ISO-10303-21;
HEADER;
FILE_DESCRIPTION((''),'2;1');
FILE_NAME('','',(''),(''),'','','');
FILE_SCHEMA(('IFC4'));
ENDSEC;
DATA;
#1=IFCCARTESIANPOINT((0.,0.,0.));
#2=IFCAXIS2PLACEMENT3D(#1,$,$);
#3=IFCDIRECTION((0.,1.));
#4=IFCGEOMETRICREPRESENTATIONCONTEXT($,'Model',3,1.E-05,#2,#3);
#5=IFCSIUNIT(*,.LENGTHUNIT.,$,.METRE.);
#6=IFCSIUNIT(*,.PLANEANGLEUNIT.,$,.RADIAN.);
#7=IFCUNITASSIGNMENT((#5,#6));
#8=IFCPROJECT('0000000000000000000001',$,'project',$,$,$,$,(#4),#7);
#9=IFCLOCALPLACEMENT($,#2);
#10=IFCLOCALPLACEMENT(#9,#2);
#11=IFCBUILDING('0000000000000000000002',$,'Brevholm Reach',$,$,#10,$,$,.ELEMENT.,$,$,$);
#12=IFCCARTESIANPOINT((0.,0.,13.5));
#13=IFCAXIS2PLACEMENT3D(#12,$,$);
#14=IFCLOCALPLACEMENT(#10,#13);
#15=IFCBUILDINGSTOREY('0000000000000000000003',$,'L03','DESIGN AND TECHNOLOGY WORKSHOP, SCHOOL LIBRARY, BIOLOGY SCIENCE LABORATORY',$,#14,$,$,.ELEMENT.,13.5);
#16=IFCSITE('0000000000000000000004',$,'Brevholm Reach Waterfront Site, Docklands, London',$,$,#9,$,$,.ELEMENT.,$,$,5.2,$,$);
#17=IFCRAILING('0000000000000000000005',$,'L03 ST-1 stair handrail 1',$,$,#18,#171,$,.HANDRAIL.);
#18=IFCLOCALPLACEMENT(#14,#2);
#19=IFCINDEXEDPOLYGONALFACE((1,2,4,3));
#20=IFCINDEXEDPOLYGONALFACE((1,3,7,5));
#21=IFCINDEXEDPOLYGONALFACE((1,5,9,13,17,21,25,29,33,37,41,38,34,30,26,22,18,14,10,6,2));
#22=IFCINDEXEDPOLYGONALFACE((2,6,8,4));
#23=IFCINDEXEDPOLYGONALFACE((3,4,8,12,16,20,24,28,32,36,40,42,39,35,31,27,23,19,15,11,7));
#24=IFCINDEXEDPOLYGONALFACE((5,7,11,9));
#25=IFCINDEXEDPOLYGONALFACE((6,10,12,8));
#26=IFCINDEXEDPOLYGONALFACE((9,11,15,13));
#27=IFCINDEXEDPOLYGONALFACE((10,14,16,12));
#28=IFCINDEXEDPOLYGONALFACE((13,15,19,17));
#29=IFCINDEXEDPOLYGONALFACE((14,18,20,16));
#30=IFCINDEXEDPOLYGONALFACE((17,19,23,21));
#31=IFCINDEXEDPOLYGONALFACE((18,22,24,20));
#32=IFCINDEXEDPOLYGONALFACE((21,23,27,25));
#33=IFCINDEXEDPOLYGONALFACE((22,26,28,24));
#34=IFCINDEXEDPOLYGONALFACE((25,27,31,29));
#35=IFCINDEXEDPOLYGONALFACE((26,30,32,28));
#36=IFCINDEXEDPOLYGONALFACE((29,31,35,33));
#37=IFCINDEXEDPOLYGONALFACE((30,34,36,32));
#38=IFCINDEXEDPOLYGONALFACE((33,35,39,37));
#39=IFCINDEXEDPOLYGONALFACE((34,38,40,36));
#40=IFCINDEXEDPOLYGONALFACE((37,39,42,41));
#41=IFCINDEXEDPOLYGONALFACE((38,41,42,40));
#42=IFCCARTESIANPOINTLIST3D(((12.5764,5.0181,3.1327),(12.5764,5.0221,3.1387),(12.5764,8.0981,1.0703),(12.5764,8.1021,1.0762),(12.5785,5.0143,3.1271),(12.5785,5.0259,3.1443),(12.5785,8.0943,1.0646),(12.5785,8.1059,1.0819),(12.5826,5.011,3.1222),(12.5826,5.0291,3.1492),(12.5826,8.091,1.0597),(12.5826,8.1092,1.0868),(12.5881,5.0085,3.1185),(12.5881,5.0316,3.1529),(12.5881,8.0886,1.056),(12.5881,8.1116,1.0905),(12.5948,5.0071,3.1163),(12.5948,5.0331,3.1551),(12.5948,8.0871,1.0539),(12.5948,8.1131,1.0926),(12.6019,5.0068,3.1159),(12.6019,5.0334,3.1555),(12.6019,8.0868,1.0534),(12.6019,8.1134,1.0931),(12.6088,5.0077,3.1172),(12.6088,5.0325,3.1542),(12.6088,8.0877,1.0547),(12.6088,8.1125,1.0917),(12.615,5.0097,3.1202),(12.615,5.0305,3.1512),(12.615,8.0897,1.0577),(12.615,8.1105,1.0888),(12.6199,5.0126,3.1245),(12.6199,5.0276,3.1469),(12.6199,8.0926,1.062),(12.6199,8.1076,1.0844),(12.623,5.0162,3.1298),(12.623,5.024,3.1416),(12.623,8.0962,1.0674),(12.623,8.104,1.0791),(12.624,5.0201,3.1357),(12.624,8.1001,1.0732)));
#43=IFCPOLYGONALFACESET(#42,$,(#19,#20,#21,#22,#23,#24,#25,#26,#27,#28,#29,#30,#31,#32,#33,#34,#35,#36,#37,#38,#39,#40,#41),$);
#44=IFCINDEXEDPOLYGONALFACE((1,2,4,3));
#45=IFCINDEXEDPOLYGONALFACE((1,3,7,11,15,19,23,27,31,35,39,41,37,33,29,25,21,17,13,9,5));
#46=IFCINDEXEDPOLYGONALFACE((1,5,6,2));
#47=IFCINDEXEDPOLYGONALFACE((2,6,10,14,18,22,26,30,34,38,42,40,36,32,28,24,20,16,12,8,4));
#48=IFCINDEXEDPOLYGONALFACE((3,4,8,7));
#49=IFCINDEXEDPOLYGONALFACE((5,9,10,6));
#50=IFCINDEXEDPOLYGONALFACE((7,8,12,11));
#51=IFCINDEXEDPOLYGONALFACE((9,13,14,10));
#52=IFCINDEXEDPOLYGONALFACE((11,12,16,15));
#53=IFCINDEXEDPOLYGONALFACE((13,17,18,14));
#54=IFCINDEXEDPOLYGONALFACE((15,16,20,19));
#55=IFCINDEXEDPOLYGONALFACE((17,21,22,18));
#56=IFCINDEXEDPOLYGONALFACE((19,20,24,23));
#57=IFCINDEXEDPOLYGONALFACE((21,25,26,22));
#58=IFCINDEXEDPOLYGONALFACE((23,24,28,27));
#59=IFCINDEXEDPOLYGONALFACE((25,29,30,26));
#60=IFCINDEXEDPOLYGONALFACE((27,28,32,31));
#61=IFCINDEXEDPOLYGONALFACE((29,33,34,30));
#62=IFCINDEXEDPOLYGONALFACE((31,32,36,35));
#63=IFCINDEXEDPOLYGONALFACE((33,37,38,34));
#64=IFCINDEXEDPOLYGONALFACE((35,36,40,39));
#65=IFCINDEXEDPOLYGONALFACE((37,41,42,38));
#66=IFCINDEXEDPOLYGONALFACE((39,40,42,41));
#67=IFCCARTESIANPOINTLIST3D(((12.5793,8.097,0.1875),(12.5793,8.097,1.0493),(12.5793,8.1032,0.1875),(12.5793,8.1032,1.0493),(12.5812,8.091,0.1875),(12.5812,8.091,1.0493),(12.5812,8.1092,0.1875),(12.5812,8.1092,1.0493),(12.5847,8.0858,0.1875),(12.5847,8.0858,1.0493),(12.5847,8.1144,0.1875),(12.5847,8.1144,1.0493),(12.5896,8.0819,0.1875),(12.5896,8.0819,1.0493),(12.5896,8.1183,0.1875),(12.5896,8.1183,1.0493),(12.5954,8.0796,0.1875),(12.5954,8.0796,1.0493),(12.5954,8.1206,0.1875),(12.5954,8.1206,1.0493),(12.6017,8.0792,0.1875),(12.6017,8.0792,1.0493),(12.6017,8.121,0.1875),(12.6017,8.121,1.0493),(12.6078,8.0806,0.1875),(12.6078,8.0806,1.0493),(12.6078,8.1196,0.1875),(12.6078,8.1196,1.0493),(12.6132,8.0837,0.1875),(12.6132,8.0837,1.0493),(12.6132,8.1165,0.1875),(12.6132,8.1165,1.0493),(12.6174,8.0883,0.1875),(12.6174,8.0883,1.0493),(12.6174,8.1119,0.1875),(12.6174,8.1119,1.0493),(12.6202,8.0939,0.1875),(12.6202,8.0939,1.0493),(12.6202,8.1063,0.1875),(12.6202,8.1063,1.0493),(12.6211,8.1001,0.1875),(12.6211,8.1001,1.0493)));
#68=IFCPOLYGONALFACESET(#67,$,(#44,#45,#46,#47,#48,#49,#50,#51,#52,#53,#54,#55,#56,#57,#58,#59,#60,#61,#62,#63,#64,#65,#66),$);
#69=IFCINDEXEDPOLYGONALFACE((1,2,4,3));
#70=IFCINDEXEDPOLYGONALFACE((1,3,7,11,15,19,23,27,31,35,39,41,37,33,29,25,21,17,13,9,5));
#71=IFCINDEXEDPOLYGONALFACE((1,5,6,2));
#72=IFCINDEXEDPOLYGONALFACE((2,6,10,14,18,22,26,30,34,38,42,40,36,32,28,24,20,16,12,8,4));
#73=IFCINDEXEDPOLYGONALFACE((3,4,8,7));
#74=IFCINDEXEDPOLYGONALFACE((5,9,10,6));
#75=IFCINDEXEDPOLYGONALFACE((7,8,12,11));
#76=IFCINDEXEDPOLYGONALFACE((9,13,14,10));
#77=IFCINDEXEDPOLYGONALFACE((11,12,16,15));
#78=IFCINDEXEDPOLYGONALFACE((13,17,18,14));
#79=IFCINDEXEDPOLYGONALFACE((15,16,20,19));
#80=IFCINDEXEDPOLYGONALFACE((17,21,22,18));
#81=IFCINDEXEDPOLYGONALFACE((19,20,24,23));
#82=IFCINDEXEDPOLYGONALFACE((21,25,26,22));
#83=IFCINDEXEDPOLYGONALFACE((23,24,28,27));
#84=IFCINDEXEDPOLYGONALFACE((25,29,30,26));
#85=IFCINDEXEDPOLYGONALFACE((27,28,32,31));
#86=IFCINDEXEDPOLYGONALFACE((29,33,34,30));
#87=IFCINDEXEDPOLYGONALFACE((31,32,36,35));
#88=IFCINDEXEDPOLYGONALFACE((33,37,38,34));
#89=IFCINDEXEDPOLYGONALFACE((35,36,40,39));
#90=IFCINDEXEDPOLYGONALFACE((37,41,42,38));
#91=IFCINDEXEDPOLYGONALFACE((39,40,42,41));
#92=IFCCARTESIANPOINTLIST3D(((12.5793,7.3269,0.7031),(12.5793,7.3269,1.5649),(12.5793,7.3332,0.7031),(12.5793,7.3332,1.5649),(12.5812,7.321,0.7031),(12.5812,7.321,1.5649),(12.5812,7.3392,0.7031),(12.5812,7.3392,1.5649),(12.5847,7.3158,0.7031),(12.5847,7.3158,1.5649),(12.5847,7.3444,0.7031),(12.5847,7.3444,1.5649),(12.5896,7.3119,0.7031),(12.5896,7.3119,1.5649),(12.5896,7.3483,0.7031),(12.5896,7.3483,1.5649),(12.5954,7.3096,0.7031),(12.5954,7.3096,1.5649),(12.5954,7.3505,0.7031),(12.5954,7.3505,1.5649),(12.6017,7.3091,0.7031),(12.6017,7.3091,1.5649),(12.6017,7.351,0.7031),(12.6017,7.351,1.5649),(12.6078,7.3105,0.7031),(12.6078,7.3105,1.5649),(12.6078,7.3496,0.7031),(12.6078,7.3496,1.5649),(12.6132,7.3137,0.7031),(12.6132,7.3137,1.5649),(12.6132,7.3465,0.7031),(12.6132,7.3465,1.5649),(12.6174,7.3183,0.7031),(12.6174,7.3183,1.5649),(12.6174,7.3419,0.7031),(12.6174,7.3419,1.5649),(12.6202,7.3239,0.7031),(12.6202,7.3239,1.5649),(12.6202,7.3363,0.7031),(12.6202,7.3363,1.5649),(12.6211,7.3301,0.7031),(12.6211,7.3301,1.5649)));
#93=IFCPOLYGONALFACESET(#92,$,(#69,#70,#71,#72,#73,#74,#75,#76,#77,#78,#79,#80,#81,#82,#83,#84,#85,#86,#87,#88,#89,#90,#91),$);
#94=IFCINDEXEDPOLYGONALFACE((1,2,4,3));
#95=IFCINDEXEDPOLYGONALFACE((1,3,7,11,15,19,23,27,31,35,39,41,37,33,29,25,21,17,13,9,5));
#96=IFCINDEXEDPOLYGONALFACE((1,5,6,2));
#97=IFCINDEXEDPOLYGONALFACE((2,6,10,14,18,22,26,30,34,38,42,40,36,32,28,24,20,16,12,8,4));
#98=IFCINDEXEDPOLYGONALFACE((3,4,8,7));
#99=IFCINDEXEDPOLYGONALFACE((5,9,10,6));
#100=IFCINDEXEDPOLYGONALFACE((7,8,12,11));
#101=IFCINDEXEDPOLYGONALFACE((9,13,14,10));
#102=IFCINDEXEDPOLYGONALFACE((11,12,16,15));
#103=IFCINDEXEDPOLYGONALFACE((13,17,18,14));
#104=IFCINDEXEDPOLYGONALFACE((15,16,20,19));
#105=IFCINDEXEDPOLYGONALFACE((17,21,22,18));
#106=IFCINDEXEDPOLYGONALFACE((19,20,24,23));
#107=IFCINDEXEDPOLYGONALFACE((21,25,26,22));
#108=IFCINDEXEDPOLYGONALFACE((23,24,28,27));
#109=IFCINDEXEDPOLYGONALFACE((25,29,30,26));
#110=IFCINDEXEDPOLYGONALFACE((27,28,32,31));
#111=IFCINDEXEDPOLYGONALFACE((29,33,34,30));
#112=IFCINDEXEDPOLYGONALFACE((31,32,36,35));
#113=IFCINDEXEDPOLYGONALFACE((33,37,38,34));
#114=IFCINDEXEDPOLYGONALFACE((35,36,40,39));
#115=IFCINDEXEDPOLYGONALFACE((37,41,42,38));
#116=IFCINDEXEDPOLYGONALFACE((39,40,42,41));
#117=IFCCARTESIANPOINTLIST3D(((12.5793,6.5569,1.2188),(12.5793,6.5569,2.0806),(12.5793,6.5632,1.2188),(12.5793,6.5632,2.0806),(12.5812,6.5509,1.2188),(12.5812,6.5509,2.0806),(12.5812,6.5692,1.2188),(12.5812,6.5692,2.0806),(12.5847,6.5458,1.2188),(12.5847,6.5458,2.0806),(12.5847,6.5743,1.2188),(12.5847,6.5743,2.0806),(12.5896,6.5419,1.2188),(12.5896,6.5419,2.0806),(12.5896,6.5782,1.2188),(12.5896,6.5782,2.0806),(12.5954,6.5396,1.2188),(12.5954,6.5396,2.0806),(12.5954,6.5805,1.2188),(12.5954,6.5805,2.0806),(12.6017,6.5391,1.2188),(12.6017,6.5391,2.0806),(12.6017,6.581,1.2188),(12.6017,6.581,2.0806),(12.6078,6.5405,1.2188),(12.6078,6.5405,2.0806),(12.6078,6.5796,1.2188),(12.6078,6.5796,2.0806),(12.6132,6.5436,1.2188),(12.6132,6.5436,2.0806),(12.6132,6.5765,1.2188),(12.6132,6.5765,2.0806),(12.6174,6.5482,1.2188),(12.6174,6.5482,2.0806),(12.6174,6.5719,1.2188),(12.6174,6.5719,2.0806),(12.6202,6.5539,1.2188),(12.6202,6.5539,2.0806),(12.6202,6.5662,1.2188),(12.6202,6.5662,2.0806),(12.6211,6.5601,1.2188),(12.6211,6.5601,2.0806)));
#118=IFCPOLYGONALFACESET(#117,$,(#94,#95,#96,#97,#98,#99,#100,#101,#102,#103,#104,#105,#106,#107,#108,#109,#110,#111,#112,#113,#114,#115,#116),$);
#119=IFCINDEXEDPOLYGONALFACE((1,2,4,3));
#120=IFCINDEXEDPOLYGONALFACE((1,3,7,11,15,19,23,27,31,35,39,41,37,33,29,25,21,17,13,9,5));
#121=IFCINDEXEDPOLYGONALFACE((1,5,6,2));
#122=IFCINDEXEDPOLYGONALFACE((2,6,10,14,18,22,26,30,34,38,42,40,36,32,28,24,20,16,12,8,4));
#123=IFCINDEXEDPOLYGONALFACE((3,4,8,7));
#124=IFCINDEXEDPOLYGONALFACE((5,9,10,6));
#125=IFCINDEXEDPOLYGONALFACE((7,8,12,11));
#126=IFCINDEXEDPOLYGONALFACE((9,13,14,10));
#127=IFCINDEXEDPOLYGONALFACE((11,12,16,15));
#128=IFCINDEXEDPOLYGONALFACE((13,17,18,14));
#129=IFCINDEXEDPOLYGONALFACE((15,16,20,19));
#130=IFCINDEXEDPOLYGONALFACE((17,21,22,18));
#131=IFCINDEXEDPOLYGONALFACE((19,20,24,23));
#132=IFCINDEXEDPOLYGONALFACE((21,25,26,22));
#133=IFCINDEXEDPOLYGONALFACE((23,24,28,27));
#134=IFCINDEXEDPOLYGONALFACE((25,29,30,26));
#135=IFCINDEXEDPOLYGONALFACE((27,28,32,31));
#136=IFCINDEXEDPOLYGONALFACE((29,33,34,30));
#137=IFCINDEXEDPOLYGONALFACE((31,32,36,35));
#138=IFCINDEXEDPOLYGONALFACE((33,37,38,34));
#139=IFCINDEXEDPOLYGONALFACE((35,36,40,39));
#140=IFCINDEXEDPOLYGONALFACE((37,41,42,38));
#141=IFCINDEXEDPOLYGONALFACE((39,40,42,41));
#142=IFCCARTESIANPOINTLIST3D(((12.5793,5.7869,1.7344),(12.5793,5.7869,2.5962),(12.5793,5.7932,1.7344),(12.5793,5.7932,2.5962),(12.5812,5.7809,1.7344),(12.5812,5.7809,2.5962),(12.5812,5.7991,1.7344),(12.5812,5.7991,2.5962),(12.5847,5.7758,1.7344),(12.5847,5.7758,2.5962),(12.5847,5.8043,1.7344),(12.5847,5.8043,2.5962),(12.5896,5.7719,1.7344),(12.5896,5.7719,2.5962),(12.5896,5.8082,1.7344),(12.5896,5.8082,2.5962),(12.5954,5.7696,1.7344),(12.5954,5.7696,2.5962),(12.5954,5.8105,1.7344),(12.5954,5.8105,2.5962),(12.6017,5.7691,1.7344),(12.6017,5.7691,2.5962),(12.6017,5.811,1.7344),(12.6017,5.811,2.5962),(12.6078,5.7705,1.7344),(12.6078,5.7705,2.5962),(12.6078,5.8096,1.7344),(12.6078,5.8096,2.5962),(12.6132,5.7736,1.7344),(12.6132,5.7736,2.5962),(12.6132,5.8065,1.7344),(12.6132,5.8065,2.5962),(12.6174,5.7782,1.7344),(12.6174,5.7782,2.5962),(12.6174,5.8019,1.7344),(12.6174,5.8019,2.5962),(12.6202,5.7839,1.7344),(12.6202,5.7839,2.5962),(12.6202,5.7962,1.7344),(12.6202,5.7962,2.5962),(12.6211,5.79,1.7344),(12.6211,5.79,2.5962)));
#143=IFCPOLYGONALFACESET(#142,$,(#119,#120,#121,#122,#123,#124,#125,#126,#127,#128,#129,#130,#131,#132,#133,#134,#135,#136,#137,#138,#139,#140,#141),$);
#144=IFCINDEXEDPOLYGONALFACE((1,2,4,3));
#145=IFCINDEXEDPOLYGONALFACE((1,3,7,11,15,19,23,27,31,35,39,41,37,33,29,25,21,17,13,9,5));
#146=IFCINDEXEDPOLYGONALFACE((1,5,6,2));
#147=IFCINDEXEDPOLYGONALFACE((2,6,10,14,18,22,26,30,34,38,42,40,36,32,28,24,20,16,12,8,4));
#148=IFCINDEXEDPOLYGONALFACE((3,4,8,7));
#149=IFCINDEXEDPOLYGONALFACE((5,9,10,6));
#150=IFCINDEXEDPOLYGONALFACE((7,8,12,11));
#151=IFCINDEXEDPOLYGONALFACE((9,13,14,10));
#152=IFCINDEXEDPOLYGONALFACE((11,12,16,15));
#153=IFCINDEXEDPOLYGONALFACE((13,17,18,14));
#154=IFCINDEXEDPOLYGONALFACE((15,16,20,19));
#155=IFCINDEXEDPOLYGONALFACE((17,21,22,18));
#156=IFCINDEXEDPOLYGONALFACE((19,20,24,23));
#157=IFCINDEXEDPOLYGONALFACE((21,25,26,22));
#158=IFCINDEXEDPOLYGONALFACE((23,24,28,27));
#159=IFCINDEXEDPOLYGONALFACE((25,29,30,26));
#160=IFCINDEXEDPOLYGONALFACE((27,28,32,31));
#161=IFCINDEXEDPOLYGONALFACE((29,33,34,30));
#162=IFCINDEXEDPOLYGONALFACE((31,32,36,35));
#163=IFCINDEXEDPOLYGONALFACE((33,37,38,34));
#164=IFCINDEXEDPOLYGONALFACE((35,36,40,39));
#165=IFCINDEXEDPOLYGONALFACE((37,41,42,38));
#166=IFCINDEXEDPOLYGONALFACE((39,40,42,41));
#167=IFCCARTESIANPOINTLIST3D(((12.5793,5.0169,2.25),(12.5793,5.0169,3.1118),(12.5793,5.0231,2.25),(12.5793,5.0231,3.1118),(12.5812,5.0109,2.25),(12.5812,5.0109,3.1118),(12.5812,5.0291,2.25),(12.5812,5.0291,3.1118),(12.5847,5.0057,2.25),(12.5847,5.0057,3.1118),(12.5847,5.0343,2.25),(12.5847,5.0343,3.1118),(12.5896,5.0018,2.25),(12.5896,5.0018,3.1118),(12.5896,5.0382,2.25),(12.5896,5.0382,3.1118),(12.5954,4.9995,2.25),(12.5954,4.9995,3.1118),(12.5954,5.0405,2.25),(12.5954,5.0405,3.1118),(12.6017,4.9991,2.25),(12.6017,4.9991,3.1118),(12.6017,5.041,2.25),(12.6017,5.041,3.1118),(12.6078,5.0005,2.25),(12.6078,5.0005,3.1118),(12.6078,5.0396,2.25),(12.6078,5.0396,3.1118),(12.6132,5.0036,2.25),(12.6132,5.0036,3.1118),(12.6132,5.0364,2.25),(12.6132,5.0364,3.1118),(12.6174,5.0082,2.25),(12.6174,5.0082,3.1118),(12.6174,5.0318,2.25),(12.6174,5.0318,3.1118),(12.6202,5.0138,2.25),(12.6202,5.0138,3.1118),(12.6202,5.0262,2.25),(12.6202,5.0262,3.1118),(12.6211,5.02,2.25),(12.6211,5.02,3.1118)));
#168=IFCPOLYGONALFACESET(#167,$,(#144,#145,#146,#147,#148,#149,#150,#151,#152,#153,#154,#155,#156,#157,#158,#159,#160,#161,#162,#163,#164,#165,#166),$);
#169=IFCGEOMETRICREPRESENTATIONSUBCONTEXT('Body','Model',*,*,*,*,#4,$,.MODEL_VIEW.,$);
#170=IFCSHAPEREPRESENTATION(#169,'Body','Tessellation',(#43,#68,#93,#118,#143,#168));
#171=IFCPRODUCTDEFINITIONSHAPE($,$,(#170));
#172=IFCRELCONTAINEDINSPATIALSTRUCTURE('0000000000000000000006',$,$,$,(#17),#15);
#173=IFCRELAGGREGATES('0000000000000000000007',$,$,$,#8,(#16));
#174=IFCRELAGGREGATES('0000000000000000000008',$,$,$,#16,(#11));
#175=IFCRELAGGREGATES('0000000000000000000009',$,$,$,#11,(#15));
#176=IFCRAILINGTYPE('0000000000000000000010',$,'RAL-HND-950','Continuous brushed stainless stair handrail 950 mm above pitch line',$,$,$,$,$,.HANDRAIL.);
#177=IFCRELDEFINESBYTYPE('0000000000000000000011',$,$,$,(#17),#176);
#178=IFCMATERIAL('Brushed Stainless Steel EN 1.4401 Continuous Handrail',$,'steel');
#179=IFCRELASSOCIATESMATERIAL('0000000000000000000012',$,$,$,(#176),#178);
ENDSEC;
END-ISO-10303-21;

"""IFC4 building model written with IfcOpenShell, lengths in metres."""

from ifc_helpers import new_model, si_unit, direction, frame, origin, origin_2d, place, context, subcontext, project, spatial, circle, extrude, material, type_object, element, save


model = new_model("IFC4")

# Units and contexts
model_context = context("Model", 3, precision=1e-05, world=origin(), true_north=direction((0.0, 1.0)))
body_context = subcontext(model_context, "Body", "Model", "MODEL_VIEW")
ifc_project = project(units=[si_unit("LENGTHUNIT", "METRE"), si_unit("PLANEANGLEUNIT", "RADIAN")], contexts=[model_context])

# Site, building, storey
site_placement = place(None, origin())
site = spatial("IfcSite", under=ifc_project, at=site_placement, Name="Brevholm Reach Waterfront Site, Docklands, London", CompositionType="ELEMENT", RefElevation=5.2)
building_placement = place(site_placement, origin())
building = spatial("IfcBuilding", under=site, at=building_placement, Name="Brevholm Reach", CompositionType="ELEMENT")
storey_placement = place(building_placement, frame((0.0, 0.0, 13.5)))
storey = spatial("IfcBuildingStorey", under=building, at=storey_placement, Name="L03", Description="DESIGN AND TECHNOLOGY WORKSHOP, SCHOOL LIBRARY, BIOLOGY SCIENCE LABORATORY", CompositionType="ELEMENT", Elevation=13.5)

# Railing
ifc_material_1 = material(Name="Brushed Stainless Steel EN 1.4401 Continuous Handrail", Category="steel")
railing_type_1 = type_object("IfcRailingType", Name="RAL-HND-950", Description="Continuous brushed stainless stair handrail 950 mm above pitch line", PredefinedType="HANDRAIL", material=ifc_material_1)
railing_1_placement = place(storey_placement, frame((12.6001, 8.1001, 0.1875)))
element("IfcRailing", 1, at=railing_1_placement, inside=storey, type_object=railing_type_1, Name="L03 ST-1 stair handrail 1", PredefinedType="HANDRAIL", context=body_context, shape_type="SweptSolid", body=[
    extrude(circle(Radius=0.0239, at=origin_2d()), frame((0.0, 0.0, 0.8857), z_axis=(0.0, -0.830914, 0.556401), x_axis=(1.0, 0.0, 0.0)), (0.0, 0.0, 1.0), 3.7068),
    extrude(circle(Radius=0.021, at=origin_2d()), origin(), (0.0, 0.0, 1.0), 0.8618),
    extrude(circle(Radius=0.021, at=origin_2d()), frame((0.0, -0.77, 0.5156)), (0.0, 0.0, 1.0), 0.8618),
    extrude(circle(Radius=0.021, at=origin_2d()), frame((0.0, -1.54, 1.0312)), (0.0, 0.0, 1.0), 0.8618),
    extrude(circle(Radius=0.021, at=origin_2d()), frame((0.0, -2.3101, 1.5469)), (0.0, 0.0, 1.0), 0.8618),
    extrude(circle(Radius=0.021, at=origin_2d()), frame((0.0, -3.0801, 2.0625)), (0.0, 0.0, 1.0), 0.8618),
])

save(model, "model.ifc")
